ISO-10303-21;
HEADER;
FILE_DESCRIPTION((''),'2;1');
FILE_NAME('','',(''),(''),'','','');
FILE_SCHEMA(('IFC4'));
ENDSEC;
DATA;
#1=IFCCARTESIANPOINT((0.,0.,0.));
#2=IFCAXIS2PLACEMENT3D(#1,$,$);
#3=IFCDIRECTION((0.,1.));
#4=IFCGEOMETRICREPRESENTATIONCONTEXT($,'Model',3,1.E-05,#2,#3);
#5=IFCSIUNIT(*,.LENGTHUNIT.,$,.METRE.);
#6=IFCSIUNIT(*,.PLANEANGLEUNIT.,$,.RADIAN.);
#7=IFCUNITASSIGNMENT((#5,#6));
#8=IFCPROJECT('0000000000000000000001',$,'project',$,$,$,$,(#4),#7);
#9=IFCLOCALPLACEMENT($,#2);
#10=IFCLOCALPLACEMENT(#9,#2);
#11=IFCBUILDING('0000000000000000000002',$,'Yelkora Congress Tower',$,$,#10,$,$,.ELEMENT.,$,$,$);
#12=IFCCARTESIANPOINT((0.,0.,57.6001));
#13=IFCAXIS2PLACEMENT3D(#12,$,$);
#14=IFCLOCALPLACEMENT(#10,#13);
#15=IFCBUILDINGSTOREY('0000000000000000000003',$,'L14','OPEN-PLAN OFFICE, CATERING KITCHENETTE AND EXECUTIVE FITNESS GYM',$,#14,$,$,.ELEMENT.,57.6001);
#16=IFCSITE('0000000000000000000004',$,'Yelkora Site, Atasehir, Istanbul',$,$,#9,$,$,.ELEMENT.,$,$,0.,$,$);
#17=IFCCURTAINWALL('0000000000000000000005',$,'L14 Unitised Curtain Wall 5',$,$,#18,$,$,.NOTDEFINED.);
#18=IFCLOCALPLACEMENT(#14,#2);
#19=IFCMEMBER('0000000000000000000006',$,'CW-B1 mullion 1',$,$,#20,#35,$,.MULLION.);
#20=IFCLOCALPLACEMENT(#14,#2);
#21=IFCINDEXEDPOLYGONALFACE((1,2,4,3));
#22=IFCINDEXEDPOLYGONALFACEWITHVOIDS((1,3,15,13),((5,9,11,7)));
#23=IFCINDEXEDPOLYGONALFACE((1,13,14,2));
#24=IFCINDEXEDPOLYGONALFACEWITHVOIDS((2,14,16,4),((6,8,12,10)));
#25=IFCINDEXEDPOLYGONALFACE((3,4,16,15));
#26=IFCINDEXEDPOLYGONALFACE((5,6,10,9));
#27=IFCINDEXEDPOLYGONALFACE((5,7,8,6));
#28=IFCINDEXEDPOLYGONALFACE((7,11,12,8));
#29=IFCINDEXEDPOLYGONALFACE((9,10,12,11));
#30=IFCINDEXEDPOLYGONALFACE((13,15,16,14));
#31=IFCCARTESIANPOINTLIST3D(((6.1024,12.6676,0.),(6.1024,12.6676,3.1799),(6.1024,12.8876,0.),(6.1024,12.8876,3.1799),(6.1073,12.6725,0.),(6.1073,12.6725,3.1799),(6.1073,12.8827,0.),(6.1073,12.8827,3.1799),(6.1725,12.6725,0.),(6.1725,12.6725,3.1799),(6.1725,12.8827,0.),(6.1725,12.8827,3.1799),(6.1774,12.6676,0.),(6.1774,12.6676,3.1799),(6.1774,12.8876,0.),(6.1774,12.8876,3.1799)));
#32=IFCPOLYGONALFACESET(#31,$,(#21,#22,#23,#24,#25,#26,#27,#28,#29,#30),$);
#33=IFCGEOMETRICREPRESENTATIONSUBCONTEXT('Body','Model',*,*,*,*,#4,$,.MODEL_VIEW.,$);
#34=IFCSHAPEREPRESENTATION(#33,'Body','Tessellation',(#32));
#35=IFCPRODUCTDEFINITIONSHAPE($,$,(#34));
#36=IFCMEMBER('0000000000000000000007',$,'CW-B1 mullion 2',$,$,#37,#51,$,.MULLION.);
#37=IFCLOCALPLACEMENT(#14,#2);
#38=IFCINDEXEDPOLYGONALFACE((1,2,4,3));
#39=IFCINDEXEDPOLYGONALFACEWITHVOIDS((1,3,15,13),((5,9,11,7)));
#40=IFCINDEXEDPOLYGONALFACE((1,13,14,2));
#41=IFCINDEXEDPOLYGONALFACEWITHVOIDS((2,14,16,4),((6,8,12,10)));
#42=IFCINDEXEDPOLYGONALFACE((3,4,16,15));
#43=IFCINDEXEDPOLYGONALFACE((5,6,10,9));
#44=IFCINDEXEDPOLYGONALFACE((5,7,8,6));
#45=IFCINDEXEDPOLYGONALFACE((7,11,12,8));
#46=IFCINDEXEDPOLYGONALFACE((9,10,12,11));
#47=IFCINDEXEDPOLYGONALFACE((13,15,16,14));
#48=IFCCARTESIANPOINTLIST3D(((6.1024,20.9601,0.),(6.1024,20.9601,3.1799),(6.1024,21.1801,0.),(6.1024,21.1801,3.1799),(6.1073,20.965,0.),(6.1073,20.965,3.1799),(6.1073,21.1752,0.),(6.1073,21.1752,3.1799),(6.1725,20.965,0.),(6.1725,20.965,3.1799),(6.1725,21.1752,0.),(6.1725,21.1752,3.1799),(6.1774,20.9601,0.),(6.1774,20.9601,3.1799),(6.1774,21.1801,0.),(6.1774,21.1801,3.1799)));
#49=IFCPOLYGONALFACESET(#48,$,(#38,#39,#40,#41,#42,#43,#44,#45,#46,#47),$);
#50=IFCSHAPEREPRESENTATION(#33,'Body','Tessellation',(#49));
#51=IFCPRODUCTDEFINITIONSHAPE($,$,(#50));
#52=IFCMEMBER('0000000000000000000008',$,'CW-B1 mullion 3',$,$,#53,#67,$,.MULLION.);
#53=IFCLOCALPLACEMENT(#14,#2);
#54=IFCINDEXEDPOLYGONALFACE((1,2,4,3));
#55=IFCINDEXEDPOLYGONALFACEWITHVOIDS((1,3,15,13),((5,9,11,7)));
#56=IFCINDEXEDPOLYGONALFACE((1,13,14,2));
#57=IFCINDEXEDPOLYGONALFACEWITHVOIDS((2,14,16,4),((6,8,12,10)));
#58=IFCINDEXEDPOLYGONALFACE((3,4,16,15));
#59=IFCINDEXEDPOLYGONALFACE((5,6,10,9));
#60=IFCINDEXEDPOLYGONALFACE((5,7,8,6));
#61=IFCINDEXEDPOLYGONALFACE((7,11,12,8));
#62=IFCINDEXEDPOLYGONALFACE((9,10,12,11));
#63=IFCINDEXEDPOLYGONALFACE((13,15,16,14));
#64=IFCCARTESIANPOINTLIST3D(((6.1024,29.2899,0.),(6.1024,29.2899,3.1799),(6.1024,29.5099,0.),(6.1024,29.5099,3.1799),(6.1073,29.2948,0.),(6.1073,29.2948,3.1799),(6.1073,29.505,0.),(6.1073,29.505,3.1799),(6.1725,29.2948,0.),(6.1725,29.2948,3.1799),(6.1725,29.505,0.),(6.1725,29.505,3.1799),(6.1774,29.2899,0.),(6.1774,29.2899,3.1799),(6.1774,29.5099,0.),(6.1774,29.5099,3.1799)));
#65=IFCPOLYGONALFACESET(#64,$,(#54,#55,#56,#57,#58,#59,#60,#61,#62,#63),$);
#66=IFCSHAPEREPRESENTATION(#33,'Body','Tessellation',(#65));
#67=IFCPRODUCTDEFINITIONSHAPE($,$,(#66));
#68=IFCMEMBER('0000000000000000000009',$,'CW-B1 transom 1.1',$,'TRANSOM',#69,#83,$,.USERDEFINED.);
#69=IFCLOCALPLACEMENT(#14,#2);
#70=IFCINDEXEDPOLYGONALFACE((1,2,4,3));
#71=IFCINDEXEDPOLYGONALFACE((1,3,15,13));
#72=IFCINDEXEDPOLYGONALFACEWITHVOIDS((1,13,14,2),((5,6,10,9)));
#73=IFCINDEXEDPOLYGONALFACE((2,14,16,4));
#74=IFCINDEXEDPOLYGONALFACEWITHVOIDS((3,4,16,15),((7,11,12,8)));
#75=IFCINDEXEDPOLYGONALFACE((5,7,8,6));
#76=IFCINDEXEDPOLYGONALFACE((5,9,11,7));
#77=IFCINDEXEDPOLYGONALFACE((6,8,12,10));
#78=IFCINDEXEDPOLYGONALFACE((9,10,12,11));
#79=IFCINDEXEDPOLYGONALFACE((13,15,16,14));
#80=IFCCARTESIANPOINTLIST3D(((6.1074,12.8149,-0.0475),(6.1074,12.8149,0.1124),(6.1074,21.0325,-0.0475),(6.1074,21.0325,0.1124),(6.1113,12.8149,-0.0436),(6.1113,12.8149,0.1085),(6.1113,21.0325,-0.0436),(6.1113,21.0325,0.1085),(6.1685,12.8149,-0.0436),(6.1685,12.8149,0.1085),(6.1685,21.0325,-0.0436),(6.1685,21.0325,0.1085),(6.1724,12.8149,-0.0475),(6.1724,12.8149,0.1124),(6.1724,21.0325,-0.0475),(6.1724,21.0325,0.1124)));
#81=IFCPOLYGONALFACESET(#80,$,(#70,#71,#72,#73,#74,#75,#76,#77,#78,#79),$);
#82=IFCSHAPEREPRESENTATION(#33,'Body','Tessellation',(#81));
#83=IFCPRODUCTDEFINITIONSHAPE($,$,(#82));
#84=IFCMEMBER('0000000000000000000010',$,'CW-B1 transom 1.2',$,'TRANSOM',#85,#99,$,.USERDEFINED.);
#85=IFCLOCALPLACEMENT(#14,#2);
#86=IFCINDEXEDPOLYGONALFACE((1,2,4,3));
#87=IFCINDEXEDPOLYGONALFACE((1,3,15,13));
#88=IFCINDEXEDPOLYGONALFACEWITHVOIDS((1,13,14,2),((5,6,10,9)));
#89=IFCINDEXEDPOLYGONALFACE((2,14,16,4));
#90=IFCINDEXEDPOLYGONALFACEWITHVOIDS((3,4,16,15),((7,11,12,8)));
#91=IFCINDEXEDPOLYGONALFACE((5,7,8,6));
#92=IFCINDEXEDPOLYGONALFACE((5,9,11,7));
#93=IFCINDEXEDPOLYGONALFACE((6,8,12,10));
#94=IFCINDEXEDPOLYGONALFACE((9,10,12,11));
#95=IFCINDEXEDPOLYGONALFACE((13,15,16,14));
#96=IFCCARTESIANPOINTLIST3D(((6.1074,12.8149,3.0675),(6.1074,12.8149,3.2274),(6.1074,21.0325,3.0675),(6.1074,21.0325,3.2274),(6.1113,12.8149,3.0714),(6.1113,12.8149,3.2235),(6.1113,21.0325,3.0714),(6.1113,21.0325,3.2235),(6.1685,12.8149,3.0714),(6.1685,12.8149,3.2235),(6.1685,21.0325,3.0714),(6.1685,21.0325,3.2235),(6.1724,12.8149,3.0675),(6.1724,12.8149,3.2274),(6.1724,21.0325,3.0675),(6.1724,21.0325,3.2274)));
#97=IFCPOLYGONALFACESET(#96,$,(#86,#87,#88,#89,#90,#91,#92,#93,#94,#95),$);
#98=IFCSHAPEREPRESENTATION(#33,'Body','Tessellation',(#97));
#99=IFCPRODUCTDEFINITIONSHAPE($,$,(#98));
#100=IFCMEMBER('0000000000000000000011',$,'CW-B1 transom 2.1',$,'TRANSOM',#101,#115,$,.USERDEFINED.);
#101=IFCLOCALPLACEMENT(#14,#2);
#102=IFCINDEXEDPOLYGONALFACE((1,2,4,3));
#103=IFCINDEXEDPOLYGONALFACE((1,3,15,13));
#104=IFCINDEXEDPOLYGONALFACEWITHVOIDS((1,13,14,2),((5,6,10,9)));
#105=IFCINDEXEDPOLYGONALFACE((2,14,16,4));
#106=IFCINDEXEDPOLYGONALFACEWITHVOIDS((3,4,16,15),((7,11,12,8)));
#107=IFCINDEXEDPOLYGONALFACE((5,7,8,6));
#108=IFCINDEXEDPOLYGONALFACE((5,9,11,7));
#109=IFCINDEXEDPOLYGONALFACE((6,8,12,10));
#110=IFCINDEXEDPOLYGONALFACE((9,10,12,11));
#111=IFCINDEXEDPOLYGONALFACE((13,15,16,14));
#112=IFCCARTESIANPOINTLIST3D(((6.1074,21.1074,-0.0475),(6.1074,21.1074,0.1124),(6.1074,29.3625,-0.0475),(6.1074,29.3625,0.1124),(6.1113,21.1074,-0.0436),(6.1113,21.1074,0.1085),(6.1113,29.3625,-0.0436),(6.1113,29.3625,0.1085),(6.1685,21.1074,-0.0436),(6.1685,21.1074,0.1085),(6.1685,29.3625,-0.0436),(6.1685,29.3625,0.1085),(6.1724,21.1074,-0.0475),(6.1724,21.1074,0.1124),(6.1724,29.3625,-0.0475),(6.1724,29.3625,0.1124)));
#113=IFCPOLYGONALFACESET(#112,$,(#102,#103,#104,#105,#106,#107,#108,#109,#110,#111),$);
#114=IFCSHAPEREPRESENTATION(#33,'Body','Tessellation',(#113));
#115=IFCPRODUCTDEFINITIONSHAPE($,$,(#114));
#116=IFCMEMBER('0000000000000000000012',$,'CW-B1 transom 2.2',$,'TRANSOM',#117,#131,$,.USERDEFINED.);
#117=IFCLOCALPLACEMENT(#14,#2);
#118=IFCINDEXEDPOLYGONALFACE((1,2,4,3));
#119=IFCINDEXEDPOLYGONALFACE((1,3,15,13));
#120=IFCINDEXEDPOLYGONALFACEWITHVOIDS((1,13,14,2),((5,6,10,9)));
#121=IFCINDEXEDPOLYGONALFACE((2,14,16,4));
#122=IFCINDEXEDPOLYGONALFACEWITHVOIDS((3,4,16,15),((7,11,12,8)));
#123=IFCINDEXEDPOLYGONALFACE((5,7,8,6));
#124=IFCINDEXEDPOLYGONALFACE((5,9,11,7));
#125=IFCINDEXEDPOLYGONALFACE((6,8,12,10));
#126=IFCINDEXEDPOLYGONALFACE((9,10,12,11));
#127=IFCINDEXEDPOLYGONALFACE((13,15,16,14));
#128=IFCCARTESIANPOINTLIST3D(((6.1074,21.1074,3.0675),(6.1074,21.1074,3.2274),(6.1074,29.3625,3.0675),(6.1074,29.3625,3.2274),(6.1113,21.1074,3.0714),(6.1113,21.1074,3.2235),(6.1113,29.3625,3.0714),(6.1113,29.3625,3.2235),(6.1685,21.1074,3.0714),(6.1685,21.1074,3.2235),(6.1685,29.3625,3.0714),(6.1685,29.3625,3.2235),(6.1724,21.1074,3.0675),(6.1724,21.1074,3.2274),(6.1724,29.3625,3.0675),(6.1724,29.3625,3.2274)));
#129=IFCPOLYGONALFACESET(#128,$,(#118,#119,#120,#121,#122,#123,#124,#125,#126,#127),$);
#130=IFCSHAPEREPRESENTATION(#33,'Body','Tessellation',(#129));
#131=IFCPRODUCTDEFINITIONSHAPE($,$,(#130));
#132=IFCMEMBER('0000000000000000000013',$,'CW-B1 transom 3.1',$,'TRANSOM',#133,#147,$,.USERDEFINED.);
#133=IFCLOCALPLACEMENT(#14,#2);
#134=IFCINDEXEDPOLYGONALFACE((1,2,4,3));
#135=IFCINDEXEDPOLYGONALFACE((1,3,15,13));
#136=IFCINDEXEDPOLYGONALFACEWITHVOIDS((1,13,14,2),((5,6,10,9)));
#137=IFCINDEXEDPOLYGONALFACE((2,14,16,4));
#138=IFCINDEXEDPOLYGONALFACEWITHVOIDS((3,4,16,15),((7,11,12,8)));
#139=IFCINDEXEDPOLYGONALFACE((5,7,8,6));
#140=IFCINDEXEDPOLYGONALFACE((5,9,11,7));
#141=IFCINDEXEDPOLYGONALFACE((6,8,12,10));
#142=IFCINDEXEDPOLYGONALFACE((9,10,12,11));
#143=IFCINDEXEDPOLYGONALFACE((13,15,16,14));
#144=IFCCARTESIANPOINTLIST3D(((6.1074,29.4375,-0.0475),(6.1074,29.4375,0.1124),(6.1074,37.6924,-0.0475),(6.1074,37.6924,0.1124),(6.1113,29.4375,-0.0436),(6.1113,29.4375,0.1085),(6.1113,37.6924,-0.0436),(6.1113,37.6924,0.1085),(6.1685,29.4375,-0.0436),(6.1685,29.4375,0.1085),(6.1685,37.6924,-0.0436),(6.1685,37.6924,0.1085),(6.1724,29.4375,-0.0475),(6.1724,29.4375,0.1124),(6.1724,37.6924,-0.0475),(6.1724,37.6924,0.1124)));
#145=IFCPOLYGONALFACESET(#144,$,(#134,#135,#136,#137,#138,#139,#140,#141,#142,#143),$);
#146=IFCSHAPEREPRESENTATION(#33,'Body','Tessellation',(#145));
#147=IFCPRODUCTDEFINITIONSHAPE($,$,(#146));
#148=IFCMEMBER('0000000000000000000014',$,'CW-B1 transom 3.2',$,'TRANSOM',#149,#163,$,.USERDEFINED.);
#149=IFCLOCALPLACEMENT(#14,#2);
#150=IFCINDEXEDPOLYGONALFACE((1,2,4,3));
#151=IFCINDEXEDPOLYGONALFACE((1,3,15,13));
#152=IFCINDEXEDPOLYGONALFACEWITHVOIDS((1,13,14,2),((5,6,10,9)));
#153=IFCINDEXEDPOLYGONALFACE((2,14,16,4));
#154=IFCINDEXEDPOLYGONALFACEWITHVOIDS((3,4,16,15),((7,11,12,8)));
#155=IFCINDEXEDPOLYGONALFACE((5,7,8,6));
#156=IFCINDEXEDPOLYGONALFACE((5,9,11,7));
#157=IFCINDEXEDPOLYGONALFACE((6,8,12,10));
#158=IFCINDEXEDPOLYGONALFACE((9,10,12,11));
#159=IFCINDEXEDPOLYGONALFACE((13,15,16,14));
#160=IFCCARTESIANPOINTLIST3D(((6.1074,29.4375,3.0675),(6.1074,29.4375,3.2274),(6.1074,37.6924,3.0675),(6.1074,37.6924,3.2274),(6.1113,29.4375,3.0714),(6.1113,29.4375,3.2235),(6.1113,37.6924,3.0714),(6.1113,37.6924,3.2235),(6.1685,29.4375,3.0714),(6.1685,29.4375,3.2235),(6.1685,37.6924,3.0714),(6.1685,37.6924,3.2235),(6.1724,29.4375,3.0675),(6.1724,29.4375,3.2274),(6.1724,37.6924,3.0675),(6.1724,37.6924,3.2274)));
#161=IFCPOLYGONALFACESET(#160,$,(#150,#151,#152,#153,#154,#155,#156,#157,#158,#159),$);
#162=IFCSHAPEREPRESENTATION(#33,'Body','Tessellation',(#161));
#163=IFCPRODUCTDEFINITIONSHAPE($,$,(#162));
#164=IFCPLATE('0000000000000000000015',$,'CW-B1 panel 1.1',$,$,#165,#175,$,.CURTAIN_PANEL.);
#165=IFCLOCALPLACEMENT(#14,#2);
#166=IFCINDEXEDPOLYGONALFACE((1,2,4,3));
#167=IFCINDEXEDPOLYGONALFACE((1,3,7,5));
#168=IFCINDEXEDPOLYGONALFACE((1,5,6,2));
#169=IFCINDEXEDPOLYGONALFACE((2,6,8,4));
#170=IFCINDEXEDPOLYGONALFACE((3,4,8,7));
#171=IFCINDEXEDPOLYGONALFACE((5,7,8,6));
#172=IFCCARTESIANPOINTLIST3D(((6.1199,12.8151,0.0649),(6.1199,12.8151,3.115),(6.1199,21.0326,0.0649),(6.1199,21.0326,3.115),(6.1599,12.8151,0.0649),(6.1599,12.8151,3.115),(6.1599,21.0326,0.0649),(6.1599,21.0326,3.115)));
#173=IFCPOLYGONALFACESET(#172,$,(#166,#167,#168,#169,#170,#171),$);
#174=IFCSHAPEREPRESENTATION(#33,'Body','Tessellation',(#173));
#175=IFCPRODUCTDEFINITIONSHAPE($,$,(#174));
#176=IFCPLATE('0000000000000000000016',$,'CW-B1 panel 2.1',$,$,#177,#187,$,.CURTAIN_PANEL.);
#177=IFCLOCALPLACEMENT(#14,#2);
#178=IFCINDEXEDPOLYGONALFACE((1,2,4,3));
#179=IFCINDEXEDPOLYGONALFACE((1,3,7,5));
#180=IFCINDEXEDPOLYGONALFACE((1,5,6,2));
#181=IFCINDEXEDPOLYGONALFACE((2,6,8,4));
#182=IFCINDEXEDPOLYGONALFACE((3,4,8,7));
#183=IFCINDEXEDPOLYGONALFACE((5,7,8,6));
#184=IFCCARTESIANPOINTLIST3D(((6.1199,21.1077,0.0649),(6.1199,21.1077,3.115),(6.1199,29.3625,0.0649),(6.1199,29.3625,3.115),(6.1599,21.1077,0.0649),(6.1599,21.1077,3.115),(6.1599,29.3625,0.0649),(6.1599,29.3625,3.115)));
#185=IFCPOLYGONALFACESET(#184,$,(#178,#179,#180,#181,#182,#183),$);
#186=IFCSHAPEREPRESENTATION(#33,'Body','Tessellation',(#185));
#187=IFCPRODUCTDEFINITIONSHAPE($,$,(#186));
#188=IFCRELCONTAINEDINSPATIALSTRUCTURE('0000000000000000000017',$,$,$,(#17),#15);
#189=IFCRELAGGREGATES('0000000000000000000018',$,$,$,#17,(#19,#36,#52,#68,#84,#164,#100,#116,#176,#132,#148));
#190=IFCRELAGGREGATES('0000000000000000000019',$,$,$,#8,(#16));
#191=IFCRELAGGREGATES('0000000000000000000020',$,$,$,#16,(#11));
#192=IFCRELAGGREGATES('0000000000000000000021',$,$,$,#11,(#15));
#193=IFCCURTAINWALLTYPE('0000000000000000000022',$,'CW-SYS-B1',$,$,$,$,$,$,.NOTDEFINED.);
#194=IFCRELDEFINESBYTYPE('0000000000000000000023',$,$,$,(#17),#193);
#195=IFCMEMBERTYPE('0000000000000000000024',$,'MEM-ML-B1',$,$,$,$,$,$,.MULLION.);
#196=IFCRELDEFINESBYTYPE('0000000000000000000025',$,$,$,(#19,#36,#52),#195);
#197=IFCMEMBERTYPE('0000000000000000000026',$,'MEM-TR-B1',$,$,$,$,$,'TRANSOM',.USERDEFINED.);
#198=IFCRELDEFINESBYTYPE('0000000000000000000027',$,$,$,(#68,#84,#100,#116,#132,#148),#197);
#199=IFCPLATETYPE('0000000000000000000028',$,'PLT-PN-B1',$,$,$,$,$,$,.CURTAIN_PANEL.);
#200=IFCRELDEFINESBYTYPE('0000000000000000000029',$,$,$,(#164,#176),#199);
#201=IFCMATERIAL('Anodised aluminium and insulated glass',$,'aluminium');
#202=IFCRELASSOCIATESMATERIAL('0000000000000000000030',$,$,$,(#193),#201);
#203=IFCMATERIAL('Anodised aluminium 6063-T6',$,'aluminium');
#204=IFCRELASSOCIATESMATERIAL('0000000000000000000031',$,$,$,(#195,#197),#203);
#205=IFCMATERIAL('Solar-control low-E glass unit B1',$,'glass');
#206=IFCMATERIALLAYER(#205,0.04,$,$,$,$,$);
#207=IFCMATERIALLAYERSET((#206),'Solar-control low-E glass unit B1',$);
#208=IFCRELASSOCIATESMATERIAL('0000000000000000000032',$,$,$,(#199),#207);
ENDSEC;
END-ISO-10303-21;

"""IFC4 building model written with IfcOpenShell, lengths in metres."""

from ifc_helpers import new_model, si_unit, direction, frame, origin, origin_2d, place, context, subcontext, project, spatial, rectangle, hollow_rectangle, extrude, material, layer, layer_set, material_profile, profile_set, type_object, element, aggregate, save


model = new_model("IFC4")

# Units and contexts
model_context = context("Model", 3, precision=1e-05, world=origin(), true_north=direction((0.0, 1.0)))
body_context = subcontext(model_context, "Body", "Model", "MODEL_VIEW")
ifc_project = project(units=[si_unit("LENGTHUNIT", "METRE"), si_unit("PLANEANGLEUNIT", "RADIAN")], contexts=[model_context])

# Site, building, storey
site_placement = place(None, origin())
site = spatial("IfcSite", under=ifc_project, at=site_placement, Name="Yelkora Site, Atasehir, Istanbul", CompositionType="ELEMENT", RefElevation=0.0)
building_placement = place(site_placement, origin())
building = spatial("IfcBuilding", under=site, at=building_placement, Name="Yelkora Congress Tower", CompositionType="ELEMENT")
storey_placement = place(building_placement, frame((0.0, 0.0, 57.6001)))
storey = spatial("IfcBuildingStorey", under=building, at=storey_placement, Name="L14", Description="OPEN-PLAN OFFICE, CATERING KITCHENETTE AND EXECUTIVE FITNESS GYM", CompositionType="ELEMENT", Elevation=57.6001)

# Curtain wall, members, plates
ifc_material_1 = material(Name="Anodised aluminium and insulated glass", Category="aluminium")
curtain_wall_type = type_object("IfcCurtainWallType", Name="CW-SYS-B1", PredefinedType="NOTDEFINED", material=ifc_material_1)
curtain_wall_placement = place(storey_placement, origin())
curtain_wall = element("IfcCurtainWall", 1, at=curtain_wall_placement, inside=storey, type_object=curtain_wall_type, Name="L14 Unitised Curtain Wall 5", PredefinedType="NOTDEFINED")
ifc_material_2 = material(Name="Anodised aluminium 6063-T6", Category="aluminium")
ifc_material_profile_1 = material_profile(ifc_material_2, hollow_rectangle(XDim=0.075, YDim=0.22, WallThickness=0.0049, at=origin_2d()), Name="ALU 75x220x5")
ifc_profile_set_1 = profile_set([ifc_material_profile_1], Name="Anodised aluminium 6063-T6")
member_type_1 = type_object("IfcMemberType", Name="MEM-ML-B1", PredefinedType="MULLION", material=ifc_profile_set_1)
member_1_placement = place(storey_placement, frame((6.1399, 12.7776, 0.0), z_axis=(0.0, 0.0, 1.0), x_axis=(-1.0, 0.0, 0.0)))
member_1 = element("IfcMember", 2, at=member_1_placement, type_object=member_type_1, Name="CW-B1 mullion 1", PredefinedType="MULLION", context=body_context, shape_type="SweptSolid", body=[
    extrude(hollow_rectangle(XDim=0.075, YDim=0.22, WallThickness=0.0049, at=origin_2d()), origin(), (0.0, 0.0, 1.0), 3.1799),
])
member_2_placement = place(storey_placement, frame((6.1399, 21.0701, 0.0), z_axis=(0.0, 0.0, 1.0), x_axis=(-1.0, 0.0, 0.0)))
member_2 = element("IfcMember", 3, at=member_2_placement, type_object=member_type_1, Name="CW-B1 mullion 2", PredefinedType="MULLION", context=body_context, shape_type="SweptSolid", body=[
    extrude(hollow_rectangle(XDim=0.075, YDim=0.22, WallThickness=0.0049, at=origin_2d()), origin(), (0.0, 0.0, 1.0), 3.1799),
])
member_3_placement = place(storey_placement, frame((6.1399, 29.3999, 0.0), z_axis=(0.0, 0.0, 1.0), x_axis=(-1.0, 0.0, 0.0)))
member_3 = element("IfcMember", 4, at=member_3_placement, type_object=member_type_1, Name="CW-B1 mullion 3", PredefinedType="MULLION", context=body_context, shape_type="SweptSolid", body=[
    extrude(hollow_rectangle(XDim=0.075, YDim=0.22, WallThickness=0.0049, at=origin_2d()), origin(), (0.0, 0.0, 1.0), 3.1799),
])
ifc_material_profile_2 = material_profile(ifc_material_2, hollow_rectangle(XDim=0.0649, YDim=0.1599, WallThickness=0.0039, at=origin_2d()), Name="ALU 65x160x4")
ifc_profile_set_2 = profile_set([ifc_material_profile_2], Name="Anodised aluminium 6063-T6")
member_type_2 = type_object("IfcMemberType", Name="MEM-TR-B1", ElementType="TRANSOM", PredefinedType="USERDEFINED", material=ifc_profile_set_2)
member_4_placement = place(storey_placement, frame((6.1399, 12.8149, 0.0325), z_axis=(0.0, 1.0, 0.0), x_axis=(-1.0, 0.0, 0.0)))
member_4 = element("IfcMember", 5, at=member_4_placement, type_object=member_type_2, Name="CW-B1 transom 1.1", ObjectType="TRANSOM", PredefinedType="USERDEFINED", context=body_context, shape_type="SweptSolid", body=[
    extrude(hollow_rectangle(XDim=0.0649, YDim=0.1599, WallThickness=0.0039, at=origin_2d()), origin(), (0.0, 0.0, 1.0), 8.2175),
])
member_5_placement = place(storey_placement, frame((6.1399, 12.8149, 3.1475), z_axis=(0.0, 1.0, 0.0), x_axis=(-1.0, 0.0, 0.0)))
member_5 = element("IfcMember", 6, at=member_5_placement, type_object=member_type_2, Name="CW-B1 transom 1.2", ObjectType="TRANSOM", PredefinedType="USERDEFINED", context=body_context, shape_type="SweptSolid", body=[
    extrude(hollow_rectangle(XDim=0.0649, YDim=0.1599, WallThickness=0.0039, at=origin_2d()), origin(), (0.0, 0.0, 1.0), 8.2175),
])
member_6_placement = place(storey_placement, frame((6.1399, 21.1074, 0.0325), z_axis=(0.0, 1.0, 0.0), x_axis=(-1.0, 0.0, 0.0)))
member_6 = element("IfcMember", 7, at=member_6_placement, type_object=member_type_2, Name="CW-B1 transom 2.1", ObjectType="TRANSOM", PredefinedType="USERDEFINED", context=body_context, shape_type="SweptSolid", body=[
    extrude(hollow_rectangle(XDim=0.0649, YDim=0.1599, WallThickness=0.0039, at=origin_2d()), origin(), (0.0, 0.0, 1.0), 8.2551),
])
member_7_placement = place(storey_placement, frame((6.1399, 21.1074, 3.1475), z_axis=(0.0, 1.0, 0.0), x_axis=(-1.0, 0.0, 0.0)))
member_7 = element("IfcMember", 8, at=member_7_placement, type_object=member_type_2, Name="CW-B1 transom 2.2", ObjectType="TRANSOM", PredefinedType="USERDEFINED", context=body_context, shape_type="SweptSolid", body=[
    extrude(hollow_rectangle(XDim=0.0649, YDim=0.1599, WallThickness=0.0039, at=origin_2d()), origin(), (0.0, 0.0, 1.0), 8.2551),
])
member_8_placement = place(storey_placement, frame((6.1399, 29.4375, 0.0325), z_axis=(0.0, 1.0, 0.0), x_axis=(-1.0, 0.0, 0.0)))
member_8 = element("IfcMember", 9, at=member_8_placement, type_object=member_type_2, Name="CW-B1 transom 3.1", ObjectType="TRANSOM", PredefinedType="USERDEFINED", context=body_context, shape_type="SweptSolid", body=[
    extrude(hollow_rectangle(XDim=0.0649, YDim=0.1599, WallThickness=0.0039, at=origin_2d()), origin(), (0.0, 0.0, 1.0), 8.2549),
])
member_9_placement = place(storey_placement, frame((6.1399, 29.4375, 3.1475), z_axis=(0.0, 1.0, 0.0), x_axis=(-1.0, 0.0, 0.0)))
member_9 = element("IfcMember", 10, at=member_9_placement, type_object=member_type_2, Name="CW-B1 transom 3.2", ObjectType="TRANSOM", PredefinedType="USERDEFINED", context=body_context, shape_type="SweptSolid", body=[
    extrude(hollow_rectangle(XDim=0.0649, YDim=0.1599, WallThickness=0.0039, at=origin_2d()), origin(), (0.0, 0.0, 1.0), 8.2549),
])
ifc_material_3 = material(Name="Solar-control low-E glass unit B1", Category="glass")
ifc_layer_1 = layer(ifc_material_3, 0.04)
ifc_layer_set_1 = layer_set([ifc_layer_1], Name="Solar-control low-E glass unit B1")
plate_type = type_object("IfcPlateType", Name="PLT-PN-B1", PredefinedType="CURTAIN_PANEL", material=ifc_layer_set_1)
plate_1_placement = place(storey_placement, frame((6.1399, 16.9238, 0.0649), z_axis=(0.0, 0.0, 1.0), x_axis=(0.0, 1.0, 0.0)))
plate_1 = element("IfcPlate", 11, at=plate_1_placement, type_object=plate_type, Name="CW-B1 panel 1.1", PredefinedType="CURTAIN_PANEL", context=body_context, shape_type="SweptSolid", body=[
    extrude(rectangle(XDim=8.2175, YDim=0.04, at=origin_2d()), origin(), (0.0, 0.0, 1.0), 3.05),
])
plate_2_placement = place(storey_placement, frame((6.1399, 25.2351, 0.0649), z_axis=(0.0, 0.0, 1.0), x_axis=(0.0, 1.0, 0.0)))
plate_2 = element("IfcPlate", 12, at=plate_2_placement, type_object=plate_type, Name="CW-B1 panel 2.1", PredefinedType="CURTAIN_PANEL", context=body_context, shape_type="SweptSolid", body=[
    extrude(rectangle(XDim=8.2549, YDim=0.04, at=origin_2d()), origin(), (0.0, 0.0, 1.0), 3.05),
])
aggregate(curtain_wall, [member_1, member_2, member_3, member_4, member_5, plate_1, member_6, member_7, plate_2, member_8, member_9])

save(model, "model.ifc")
